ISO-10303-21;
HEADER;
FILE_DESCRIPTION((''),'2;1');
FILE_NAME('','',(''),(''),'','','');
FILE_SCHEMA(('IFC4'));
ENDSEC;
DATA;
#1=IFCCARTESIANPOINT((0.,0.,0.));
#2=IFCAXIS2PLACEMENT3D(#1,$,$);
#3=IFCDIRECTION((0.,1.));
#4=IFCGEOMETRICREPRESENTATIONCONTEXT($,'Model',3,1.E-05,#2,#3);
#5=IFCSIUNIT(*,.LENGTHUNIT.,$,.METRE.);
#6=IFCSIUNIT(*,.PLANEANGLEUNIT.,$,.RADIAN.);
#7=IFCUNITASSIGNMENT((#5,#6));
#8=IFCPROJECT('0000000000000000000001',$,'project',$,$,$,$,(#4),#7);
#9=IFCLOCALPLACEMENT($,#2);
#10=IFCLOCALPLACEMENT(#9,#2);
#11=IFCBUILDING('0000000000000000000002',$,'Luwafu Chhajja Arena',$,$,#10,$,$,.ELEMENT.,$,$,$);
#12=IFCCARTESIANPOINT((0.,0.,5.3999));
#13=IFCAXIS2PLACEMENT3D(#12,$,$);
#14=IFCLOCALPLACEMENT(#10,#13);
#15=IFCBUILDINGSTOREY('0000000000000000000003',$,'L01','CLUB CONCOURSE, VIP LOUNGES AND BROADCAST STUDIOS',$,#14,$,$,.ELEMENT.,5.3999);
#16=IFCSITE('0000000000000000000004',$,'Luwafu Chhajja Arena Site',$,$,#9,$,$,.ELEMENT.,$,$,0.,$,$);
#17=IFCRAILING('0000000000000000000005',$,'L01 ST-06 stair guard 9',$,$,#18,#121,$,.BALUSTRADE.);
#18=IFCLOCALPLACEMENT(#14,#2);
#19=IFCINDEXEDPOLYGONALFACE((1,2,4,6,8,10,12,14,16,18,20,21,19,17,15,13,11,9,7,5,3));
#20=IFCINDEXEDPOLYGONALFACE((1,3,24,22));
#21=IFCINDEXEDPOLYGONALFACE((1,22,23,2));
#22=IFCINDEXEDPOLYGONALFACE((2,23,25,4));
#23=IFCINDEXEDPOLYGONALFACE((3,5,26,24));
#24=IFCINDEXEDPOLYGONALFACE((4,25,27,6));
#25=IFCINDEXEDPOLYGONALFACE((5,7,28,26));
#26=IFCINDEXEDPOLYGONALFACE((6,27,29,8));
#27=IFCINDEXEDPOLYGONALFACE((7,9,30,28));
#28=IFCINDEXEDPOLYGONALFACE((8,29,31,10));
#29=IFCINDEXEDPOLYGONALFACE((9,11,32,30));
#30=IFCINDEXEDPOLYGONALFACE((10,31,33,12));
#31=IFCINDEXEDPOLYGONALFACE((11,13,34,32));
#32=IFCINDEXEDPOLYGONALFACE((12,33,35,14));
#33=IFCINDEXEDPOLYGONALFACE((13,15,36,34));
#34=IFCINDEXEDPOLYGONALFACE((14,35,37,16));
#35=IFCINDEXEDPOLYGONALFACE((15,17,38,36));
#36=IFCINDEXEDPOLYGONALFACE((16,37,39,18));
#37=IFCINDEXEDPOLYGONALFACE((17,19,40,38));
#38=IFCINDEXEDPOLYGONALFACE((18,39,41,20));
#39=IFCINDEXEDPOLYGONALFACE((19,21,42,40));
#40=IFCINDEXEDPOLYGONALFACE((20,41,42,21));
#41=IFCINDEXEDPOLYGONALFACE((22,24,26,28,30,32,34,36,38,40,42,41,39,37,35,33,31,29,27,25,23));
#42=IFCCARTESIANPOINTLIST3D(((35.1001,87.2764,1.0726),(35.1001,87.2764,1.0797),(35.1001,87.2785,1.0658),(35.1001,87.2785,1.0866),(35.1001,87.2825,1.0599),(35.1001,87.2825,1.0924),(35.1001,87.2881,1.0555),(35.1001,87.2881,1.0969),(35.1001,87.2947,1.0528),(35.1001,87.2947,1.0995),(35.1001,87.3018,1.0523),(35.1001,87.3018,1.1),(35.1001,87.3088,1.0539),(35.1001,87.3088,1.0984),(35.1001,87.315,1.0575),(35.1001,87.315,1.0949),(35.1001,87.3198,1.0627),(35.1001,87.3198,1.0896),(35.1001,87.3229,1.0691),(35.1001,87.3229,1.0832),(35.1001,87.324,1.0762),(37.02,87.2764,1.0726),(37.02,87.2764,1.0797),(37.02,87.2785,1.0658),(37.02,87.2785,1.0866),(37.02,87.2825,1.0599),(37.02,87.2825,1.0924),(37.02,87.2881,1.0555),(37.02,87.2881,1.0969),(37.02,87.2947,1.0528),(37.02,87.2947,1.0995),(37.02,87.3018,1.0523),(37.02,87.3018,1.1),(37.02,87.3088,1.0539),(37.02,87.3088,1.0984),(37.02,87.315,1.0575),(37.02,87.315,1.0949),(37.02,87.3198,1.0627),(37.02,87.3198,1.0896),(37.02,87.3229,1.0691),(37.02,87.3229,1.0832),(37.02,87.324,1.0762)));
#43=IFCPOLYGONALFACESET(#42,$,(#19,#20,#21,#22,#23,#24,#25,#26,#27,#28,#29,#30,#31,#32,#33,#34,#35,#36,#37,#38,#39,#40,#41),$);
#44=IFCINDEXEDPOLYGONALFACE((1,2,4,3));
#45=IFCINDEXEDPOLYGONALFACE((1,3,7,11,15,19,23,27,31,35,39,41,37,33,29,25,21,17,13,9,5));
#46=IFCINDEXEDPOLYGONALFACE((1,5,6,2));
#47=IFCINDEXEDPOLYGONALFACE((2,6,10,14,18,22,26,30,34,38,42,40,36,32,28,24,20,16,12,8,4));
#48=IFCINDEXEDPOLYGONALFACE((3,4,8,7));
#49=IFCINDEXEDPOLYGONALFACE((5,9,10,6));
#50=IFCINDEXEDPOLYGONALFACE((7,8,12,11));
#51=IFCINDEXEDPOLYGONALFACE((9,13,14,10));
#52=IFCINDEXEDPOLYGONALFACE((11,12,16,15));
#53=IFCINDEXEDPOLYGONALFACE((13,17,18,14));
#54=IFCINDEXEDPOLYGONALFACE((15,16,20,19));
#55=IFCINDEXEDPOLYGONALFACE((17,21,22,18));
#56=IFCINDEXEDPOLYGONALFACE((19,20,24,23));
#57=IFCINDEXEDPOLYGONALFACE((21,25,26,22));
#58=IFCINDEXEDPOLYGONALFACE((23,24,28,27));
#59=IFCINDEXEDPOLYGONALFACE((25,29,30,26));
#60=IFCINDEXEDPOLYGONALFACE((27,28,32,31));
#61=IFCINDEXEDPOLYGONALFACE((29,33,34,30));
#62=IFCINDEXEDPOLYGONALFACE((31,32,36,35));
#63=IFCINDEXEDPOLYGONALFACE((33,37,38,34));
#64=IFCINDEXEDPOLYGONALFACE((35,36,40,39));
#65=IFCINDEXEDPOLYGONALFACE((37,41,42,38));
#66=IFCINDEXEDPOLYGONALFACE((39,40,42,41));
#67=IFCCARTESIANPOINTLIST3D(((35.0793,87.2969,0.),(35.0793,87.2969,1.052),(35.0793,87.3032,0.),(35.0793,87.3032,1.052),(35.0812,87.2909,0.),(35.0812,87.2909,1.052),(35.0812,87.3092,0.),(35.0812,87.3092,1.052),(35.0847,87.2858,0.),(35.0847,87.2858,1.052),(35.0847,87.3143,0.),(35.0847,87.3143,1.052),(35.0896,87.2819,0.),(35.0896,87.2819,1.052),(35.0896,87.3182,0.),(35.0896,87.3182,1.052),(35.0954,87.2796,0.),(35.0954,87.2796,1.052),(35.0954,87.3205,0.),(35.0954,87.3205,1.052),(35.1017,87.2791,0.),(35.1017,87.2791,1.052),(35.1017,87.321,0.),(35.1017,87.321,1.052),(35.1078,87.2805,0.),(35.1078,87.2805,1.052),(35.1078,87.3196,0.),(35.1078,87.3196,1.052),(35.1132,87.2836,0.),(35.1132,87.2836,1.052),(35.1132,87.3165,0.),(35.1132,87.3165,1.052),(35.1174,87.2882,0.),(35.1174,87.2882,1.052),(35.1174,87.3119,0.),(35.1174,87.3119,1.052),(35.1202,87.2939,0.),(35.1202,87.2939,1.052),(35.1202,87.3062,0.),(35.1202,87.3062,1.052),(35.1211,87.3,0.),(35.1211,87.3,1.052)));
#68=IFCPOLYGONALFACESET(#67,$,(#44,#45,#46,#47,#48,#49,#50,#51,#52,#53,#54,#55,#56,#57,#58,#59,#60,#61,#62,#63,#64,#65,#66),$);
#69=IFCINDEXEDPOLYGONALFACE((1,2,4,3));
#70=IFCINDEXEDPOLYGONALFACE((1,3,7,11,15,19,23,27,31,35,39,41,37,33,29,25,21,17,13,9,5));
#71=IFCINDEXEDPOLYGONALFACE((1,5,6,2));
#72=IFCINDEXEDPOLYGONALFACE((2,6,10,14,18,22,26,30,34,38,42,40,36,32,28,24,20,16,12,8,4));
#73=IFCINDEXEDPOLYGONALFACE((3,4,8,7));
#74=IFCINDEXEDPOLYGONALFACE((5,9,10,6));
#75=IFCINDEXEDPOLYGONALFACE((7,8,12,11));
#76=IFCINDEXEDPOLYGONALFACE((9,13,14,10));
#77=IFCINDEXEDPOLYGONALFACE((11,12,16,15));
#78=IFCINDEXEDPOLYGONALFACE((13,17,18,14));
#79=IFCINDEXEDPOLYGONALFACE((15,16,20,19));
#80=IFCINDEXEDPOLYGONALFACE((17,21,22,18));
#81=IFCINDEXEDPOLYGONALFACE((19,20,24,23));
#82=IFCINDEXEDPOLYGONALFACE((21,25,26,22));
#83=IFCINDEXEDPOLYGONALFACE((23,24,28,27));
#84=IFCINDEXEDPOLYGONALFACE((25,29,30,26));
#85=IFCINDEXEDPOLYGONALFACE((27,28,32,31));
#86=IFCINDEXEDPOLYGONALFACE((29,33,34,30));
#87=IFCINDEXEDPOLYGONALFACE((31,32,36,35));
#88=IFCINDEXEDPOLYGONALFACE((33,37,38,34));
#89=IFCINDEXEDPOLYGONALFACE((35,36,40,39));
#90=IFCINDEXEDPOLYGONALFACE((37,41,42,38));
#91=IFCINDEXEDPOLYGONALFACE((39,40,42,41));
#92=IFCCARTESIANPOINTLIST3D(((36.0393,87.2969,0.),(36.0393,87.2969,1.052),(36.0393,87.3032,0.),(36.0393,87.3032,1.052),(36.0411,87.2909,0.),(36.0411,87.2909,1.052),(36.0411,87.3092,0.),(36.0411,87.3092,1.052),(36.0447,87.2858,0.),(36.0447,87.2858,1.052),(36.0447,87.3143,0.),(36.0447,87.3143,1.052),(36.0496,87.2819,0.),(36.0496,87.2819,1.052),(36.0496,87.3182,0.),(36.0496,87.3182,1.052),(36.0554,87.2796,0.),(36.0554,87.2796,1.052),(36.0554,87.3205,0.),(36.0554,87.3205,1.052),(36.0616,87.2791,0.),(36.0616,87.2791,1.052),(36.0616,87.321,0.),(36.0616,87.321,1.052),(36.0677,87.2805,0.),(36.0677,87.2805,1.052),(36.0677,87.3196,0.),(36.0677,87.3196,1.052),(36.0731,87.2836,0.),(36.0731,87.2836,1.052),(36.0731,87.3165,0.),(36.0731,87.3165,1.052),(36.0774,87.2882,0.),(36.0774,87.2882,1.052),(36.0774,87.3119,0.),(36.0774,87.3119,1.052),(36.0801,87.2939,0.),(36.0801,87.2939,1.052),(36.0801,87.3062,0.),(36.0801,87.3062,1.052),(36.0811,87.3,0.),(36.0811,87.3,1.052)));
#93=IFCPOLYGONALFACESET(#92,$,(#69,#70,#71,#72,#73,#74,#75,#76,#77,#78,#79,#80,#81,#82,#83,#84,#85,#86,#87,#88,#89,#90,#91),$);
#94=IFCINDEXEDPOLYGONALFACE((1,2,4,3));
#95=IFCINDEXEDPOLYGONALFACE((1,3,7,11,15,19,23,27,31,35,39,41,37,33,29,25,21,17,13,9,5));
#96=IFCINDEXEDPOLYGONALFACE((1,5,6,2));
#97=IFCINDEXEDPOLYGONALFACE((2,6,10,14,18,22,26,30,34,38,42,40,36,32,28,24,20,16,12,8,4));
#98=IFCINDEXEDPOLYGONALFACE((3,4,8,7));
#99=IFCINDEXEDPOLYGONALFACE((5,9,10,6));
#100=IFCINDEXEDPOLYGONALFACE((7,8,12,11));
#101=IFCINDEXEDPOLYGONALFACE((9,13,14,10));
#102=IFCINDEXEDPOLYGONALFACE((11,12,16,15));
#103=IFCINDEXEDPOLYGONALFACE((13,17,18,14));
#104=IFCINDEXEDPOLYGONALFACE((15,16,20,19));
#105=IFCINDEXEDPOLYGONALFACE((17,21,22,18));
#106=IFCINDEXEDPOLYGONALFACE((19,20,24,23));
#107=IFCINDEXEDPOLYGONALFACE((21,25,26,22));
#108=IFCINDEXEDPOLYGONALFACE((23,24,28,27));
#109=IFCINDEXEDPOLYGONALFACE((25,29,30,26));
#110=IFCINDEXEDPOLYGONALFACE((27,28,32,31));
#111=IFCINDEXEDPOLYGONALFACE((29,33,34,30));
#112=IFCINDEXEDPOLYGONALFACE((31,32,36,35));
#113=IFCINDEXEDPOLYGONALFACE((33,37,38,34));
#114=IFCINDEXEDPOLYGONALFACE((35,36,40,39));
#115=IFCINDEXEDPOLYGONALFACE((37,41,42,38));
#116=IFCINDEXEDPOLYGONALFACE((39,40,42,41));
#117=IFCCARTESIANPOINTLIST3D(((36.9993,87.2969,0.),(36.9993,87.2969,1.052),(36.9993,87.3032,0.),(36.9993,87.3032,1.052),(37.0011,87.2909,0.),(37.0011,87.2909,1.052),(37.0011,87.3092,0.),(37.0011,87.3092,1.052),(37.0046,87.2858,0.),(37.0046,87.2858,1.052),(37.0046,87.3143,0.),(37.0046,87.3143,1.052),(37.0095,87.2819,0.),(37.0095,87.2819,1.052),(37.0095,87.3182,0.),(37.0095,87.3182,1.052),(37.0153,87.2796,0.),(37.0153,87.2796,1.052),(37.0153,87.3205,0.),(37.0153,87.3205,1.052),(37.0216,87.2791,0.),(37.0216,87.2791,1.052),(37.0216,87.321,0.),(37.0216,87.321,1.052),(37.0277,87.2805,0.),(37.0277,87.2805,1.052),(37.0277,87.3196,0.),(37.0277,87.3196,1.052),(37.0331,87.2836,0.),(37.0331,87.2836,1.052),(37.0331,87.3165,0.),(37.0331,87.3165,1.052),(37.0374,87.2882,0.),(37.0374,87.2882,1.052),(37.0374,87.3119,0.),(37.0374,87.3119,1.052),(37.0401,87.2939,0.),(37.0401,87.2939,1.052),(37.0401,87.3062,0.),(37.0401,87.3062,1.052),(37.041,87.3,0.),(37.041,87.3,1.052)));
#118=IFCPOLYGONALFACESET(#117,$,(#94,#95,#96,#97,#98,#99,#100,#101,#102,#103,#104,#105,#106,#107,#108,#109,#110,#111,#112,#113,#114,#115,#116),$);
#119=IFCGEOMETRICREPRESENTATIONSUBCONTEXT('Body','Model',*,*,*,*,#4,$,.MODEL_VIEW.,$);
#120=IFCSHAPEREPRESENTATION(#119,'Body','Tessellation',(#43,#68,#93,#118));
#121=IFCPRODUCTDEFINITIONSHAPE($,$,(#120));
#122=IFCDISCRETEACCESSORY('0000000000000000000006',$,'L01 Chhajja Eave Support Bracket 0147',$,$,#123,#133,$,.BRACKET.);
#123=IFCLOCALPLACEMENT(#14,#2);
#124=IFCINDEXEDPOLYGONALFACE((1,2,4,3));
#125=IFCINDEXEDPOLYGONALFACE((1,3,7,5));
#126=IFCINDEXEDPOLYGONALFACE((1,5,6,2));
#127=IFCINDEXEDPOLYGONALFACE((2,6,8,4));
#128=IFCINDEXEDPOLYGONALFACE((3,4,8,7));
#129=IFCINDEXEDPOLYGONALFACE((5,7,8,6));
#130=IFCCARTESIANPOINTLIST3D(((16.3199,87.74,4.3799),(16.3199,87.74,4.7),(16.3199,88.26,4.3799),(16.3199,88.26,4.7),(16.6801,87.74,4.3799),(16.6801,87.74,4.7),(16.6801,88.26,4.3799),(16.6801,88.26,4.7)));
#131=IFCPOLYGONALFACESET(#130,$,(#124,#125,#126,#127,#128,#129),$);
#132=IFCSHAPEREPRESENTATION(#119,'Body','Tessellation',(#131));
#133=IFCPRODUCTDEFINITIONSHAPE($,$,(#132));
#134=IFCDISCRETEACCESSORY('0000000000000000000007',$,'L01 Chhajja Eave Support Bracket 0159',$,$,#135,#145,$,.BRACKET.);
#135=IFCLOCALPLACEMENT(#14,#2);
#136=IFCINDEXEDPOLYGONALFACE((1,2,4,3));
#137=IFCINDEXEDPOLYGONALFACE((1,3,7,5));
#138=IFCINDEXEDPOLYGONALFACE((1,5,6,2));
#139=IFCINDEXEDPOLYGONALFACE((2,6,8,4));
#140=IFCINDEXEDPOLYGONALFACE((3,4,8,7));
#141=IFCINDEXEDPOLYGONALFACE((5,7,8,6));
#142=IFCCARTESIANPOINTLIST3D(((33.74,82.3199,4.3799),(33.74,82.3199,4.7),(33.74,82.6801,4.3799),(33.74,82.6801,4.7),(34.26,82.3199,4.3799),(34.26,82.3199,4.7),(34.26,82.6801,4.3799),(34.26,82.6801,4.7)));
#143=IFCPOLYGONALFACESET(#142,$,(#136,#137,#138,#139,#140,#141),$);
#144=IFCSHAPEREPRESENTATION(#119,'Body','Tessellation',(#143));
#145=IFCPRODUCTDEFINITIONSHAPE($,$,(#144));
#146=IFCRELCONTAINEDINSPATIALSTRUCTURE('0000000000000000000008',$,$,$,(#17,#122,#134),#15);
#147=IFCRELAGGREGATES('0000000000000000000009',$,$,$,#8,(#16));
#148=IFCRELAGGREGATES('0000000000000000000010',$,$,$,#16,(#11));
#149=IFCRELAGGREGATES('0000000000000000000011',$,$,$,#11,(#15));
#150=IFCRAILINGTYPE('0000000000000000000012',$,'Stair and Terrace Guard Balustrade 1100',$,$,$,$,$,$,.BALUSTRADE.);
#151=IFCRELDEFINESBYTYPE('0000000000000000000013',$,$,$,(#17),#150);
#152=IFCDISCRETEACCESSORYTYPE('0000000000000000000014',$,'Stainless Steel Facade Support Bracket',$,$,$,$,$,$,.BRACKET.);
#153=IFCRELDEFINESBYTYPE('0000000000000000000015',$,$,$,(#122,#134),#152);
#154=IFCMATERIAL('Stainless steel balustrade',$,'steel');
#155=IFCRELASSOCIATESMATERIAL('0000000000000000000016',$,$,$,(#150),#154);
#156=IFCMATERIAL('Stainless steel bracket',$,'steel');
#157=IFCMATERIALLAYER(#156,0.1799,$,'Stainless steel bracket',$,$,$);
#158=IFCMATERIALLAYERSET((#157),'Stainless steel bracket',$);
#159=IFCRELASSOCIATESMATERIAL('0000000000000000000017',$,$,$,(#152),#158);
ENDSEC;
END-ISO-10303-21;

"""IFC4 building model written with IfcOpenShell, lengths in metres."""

from ifc_helpers import new_model, si_unit, direction, frame, origin, origin_2d, place, context, subcontext, project, spatial, rectangle, circle, extrude, material, layer, layer_set, type_object, element, save


model = new_model("IFC4")

# Units and contexts
model_context = context("Model", 3, precision=1e-05, world=origin(), true_north=direction((0.0, 1.0)))
body_context = subcontext(model_context, "Body", "Model", "MODEL_VIEW")
ifc_project = project(units=[si_unit("LENGTHUNIT", "METRE"), si_unit("PLANEANGLEUNIT", "RADIAN")], contexts=[model_context])

# Site, building, storey
site_placement = place(None, origin())
site = spatial("IfcSite", under=ifc_project, at=site_placement, Name="Luwafu Chhajja Arena Site", CompositionType="ELEMENT", RefElevation=0.0)
building_placement = place(site_placement, origin())
building = spatial("IfcBuilding", under=site, at=building_placement, Name="Luwafu Chhajja Arena", CompositionType="ELEMENT")
storey_placement = place(building_placement, frame((0.0, 0.0, 5.3999)))
storey = spatial("IfcBuildingStorey", under=building, at=storey_placement, Name="L01", Description="CLUB CONCOURSE, VIP LOUNGES AND BROADCAST STUDIOS", CompositionType="ELEMENT", Elevation=5.3999)

# Railing
ifc_material_1 = material(Name="Stainless steel balustrade", Category="steel")
railing_type_1 = type_object("IfcRailingType", Name="Stair and Terrace Guard Balustrade 1100", PredefinedType="BALUSTRADE", material=ifc_material_1)
for number, where, name in (
    (1, (35.1001, 87.3, 0.0), "L01 ST-06 stair guard 9"),
):
    element("IfcRailing", number, at=place(storey_placement, frame(where)), inside=storey, type_object=railing_type_1, Name=name, PredefinedType="BALUSTRADE", context=body_context, shape_type="SweptSolid", body=[
        extrude(circle(Radius=0.0239, at=origin_2d()), frame((0.0, 0.0, 1.0762), z_axis=(1.0, 0.0, 0.0), x_axis=(0.0, 1.0, 0.0)), (0.0, 0.0, 1.0), 1.9199),
        extrude(circle(Radius=0.021, at=origin_2d()), origin(), (0.0, 0.0, 1.0), 1.052),
        extrude(circle(Radius=0.021, at=origin_2d()), frame((0.96, 0.0, 0.0)), (0.0, 0.0, 1.0), 1.052),
        extrude(circle(Radius=0.021, at=origin_2d()), frame((1.9199, 0.0, 0.0)), (0.0, 0.0, 1.0), 1.052),
    ])

# Discrete accessories
ifc_material_2 = material(Name="Stainless steel bracket", Category="steel")
ifc_layer_1 = layer(ifc_material_2, 0.1799, Name="Stainless steel bracket")
ifc_layer_set_1 = layer_set([ifc_layer_1], Name="Stainless steel bracket")
discrete_accessory_type = type_object("IfcDiscreteAccessoryType", Name="Stainless Steel Facade Support Bracket", PredefinedType="BRACKET", material=ifc_layer_set_1)
for number, where, z_axis, x_axis, name in (
    (2, (16.5, 88.0, 4.3799), (0.0, 0.0, 1.0), (1.0, 0.0, 0.0), "L01 Chhajja Eave Support Bracket 0147"),
    (3, (34.0, 82.5, 4.3799), (0.0, 0.0, 1.0), (0.0, 1.0, 0.0), "L01 Chhajja Eave Support Bracket 0159"),
):
    element("IfcDiscreteAccessory", number, at=place(storey_placement, frame(where, z_axis=z_axis, x_axis=x_axis)), inside=storey, type_object=discrete_accessory_type, Name=name, PredefinedType="BRACKET", context=body_context, shape_type="SweptSolid", body=[
        extrude(rectangle(XDim=0.3601, YDim=0.52, at=origin_2d()), origin(), (0.0, 0.0, 1.0), 0.3201),
    ])

save(model, "model.ifc")
